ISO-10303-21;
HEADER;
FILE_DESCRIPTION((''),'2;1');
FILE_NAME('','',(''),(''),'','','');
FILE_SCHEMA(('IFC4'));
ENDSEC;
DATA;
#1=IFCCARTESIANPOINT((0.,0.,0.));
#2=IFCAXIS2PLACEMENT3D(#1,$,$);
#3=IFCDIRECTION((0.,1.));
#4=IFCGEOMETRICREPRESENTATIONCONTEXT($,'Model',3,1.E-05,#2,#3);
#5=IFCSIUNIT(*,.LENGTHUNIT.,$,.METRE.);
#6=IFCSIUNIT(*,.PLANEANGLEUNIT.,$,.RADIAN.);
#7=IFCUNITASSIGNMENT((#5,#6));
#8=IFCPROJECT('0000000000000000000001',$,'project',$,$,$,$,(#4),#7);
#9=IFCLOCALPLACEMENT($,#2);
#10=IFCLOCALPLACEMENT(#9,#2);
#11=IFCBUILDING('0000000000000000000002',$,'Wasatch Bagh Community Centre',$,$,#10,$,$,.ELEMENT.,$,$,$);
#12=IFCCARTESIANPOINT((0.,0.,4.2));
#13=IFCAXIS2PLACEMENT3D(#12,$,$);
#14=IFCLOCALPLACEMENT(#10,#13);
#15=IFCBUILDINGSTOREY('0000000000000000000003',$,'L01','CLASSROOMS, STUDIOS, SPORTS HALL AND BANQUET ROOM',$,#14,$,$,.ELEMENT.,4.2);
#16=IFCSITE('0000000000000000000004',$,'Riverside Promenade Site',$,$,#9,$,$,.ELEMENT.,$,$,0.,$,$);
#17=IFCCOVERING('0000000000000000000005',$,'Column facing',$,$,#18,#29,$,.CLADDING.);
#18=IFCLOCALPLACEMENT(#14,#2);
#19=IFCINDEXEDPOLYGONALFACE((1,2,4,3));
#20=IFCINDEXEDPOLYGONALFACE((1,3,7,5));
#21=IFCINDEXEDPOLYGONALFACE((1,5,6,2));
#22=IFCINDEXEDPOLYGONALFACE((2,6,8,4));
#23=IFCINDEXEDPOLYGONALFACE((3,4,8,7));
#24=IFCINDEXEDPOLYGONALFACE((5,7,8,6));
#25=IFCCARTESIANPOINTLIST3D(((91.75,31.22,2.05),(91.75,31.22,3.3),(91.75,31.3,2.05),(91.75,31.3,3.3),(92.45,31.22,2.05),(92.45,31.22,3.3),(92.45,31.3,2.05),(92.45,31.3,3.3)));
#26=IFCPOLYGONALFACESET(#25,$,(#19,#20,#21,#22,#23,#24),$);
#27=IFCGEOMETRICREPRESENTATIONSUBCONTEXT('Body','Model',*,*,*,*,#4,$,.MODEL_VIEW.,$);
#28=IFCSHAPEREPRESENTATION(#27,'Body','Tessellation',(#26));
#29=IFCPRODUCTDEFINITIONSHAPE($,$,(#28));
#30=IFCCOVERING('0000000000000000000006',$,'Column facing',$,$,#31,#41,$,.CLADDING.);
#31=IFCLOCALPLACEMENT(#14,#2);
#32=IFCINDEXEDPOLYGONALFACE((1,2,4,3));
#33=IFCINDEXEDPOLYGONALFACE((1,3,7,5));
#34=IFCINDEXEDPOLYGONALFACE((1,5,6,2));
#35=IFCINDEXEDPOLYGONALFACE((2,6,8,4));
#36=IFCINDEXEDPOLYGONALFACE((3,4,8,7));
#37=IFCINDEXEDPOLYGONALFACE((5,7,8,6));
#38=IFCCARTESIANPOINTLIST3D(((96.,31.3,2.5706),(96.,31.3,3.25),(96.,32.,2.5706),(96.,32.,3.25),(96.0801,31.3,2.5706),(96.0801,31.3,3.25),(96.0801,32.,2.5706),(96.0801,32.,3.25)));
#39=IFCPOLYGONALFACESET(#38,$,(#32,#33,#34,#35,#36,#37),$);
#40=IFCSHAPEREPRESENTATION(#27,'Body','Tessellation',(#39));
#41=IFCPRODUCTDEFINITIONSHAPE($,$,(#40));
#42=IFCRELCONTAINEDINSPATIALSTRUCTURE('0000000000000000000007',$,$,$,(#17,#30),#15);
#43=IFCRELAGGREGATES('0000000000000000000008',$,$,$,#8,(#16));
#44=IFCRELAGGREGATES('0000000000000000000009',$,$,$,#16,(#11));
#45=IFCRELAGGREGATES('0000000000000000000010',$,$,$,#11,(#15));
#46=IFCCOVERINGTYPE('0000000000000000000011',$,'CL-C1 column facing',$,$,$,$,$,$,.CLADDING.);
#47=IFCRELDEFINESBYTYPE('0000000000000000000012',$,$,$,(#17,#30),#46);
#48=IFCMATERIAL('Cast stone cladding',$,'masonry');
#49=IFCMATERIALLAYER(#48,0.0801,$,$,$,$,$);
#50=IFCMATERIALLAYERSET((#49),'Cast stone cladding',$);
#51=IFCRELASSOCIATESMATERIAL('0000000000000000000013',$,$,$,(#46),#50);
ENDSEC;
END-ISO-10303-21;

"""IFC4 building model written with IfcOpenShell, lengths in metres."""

from ifc_helpers import new_model, si_unit, direction, frame, origin, place, context, subcontext, project, spatial, polyline, outline, extrude, material, layer, layer_set, type_object, element, save


model = new_model("IFC4")

# Units and contexts
model_context = context("Model", 3, precision=1e-05, world=origin(), true_north=direction((0.0, 1.0)))
body_context = subcontext(model_context, "Body", "Model", "MODEL_VIEW")
ifc_project = project(units=[si_unit("LENGTHUNIT", "METRE"), si_unit("PLANEANGLEUNIT", "RADIAN")], contexts=[model_context])

# Site, building, storey
site_placement = place(None, origin())
site = spatial("IfcSite", under=ifc_project, at=site_placement, Name="Riverside Promenade Site", CompositionType="ELEMENT", RefElevation=0.0)
building_placement = place(site_placement, origin())
building = spatial("IfcBuilding", under=site, at=building_placement, Name="Wasatch Bagh Community Centre", CompositionType="ELEMENT")
storey_placement = place(building_placement, frame((0.0, 0.0, 4.2)))
storey = spatial("IfcBuildingStorey", under=building, at=storey_placement, Name="L01", Description="CLASSROOMS, STUDIOS, SPORTS HALL AND BANQUET ROOM", CompositionType="ELEMENT", Elevation=4.2)

# Coverings
ifc_material_1 = material(Name="Cast stone cladding", Category="masonry")
ifc_layer_1 = layer(ifc_material_1, 0.0801)
ifc_layer_set_1 = layer_set([ifc_layer_1], Name="Cast stone cladding")
covering_type_1 = type_object("IfcCoveringType", Name="CL-C1 column facing", PredefinedType="CLADDING", material=ifc_layer_set_1)
covering_1_placement = place(storey_placement, frame((0.0, 0.0, 2.05)))
element("IfcCovering", 1, at=covering_1_placement, inside=storey, type_object=covering_type_1, Name="Column facing", PredefinedType="CLADDING", context=body_context, shape_type="SweptSolid", body=[
    extrude(outline(polyline([(91.75, 31.3), (92.45, 31.3), (92.45, 31.22), (91.75, 31.22), (91.75, 31.3)])), origin(), (0.0, 0.0, 1.0), 1.25),
])
covering_2_placement = place(storey_placement, frame((0.0, 0.0, 2.5706)))
element("IfcCovering", 2, at=covering_2_placement, inside=storey, type_object=covering_type_1, Name="Column facing", PredefinedType="CLADDING", context=body_context, shape_type="SweptSolid", body=[
    extrude(outline(polyline([(96.0, 31.3), (96.0, 32.0), (96.0801, 32.0), (96.0801, 31.3), (96.0, 31.3)])), origin(), (0.0, 0.0, 1.0), 0.6794),
])

save(model, "model.ifc")
